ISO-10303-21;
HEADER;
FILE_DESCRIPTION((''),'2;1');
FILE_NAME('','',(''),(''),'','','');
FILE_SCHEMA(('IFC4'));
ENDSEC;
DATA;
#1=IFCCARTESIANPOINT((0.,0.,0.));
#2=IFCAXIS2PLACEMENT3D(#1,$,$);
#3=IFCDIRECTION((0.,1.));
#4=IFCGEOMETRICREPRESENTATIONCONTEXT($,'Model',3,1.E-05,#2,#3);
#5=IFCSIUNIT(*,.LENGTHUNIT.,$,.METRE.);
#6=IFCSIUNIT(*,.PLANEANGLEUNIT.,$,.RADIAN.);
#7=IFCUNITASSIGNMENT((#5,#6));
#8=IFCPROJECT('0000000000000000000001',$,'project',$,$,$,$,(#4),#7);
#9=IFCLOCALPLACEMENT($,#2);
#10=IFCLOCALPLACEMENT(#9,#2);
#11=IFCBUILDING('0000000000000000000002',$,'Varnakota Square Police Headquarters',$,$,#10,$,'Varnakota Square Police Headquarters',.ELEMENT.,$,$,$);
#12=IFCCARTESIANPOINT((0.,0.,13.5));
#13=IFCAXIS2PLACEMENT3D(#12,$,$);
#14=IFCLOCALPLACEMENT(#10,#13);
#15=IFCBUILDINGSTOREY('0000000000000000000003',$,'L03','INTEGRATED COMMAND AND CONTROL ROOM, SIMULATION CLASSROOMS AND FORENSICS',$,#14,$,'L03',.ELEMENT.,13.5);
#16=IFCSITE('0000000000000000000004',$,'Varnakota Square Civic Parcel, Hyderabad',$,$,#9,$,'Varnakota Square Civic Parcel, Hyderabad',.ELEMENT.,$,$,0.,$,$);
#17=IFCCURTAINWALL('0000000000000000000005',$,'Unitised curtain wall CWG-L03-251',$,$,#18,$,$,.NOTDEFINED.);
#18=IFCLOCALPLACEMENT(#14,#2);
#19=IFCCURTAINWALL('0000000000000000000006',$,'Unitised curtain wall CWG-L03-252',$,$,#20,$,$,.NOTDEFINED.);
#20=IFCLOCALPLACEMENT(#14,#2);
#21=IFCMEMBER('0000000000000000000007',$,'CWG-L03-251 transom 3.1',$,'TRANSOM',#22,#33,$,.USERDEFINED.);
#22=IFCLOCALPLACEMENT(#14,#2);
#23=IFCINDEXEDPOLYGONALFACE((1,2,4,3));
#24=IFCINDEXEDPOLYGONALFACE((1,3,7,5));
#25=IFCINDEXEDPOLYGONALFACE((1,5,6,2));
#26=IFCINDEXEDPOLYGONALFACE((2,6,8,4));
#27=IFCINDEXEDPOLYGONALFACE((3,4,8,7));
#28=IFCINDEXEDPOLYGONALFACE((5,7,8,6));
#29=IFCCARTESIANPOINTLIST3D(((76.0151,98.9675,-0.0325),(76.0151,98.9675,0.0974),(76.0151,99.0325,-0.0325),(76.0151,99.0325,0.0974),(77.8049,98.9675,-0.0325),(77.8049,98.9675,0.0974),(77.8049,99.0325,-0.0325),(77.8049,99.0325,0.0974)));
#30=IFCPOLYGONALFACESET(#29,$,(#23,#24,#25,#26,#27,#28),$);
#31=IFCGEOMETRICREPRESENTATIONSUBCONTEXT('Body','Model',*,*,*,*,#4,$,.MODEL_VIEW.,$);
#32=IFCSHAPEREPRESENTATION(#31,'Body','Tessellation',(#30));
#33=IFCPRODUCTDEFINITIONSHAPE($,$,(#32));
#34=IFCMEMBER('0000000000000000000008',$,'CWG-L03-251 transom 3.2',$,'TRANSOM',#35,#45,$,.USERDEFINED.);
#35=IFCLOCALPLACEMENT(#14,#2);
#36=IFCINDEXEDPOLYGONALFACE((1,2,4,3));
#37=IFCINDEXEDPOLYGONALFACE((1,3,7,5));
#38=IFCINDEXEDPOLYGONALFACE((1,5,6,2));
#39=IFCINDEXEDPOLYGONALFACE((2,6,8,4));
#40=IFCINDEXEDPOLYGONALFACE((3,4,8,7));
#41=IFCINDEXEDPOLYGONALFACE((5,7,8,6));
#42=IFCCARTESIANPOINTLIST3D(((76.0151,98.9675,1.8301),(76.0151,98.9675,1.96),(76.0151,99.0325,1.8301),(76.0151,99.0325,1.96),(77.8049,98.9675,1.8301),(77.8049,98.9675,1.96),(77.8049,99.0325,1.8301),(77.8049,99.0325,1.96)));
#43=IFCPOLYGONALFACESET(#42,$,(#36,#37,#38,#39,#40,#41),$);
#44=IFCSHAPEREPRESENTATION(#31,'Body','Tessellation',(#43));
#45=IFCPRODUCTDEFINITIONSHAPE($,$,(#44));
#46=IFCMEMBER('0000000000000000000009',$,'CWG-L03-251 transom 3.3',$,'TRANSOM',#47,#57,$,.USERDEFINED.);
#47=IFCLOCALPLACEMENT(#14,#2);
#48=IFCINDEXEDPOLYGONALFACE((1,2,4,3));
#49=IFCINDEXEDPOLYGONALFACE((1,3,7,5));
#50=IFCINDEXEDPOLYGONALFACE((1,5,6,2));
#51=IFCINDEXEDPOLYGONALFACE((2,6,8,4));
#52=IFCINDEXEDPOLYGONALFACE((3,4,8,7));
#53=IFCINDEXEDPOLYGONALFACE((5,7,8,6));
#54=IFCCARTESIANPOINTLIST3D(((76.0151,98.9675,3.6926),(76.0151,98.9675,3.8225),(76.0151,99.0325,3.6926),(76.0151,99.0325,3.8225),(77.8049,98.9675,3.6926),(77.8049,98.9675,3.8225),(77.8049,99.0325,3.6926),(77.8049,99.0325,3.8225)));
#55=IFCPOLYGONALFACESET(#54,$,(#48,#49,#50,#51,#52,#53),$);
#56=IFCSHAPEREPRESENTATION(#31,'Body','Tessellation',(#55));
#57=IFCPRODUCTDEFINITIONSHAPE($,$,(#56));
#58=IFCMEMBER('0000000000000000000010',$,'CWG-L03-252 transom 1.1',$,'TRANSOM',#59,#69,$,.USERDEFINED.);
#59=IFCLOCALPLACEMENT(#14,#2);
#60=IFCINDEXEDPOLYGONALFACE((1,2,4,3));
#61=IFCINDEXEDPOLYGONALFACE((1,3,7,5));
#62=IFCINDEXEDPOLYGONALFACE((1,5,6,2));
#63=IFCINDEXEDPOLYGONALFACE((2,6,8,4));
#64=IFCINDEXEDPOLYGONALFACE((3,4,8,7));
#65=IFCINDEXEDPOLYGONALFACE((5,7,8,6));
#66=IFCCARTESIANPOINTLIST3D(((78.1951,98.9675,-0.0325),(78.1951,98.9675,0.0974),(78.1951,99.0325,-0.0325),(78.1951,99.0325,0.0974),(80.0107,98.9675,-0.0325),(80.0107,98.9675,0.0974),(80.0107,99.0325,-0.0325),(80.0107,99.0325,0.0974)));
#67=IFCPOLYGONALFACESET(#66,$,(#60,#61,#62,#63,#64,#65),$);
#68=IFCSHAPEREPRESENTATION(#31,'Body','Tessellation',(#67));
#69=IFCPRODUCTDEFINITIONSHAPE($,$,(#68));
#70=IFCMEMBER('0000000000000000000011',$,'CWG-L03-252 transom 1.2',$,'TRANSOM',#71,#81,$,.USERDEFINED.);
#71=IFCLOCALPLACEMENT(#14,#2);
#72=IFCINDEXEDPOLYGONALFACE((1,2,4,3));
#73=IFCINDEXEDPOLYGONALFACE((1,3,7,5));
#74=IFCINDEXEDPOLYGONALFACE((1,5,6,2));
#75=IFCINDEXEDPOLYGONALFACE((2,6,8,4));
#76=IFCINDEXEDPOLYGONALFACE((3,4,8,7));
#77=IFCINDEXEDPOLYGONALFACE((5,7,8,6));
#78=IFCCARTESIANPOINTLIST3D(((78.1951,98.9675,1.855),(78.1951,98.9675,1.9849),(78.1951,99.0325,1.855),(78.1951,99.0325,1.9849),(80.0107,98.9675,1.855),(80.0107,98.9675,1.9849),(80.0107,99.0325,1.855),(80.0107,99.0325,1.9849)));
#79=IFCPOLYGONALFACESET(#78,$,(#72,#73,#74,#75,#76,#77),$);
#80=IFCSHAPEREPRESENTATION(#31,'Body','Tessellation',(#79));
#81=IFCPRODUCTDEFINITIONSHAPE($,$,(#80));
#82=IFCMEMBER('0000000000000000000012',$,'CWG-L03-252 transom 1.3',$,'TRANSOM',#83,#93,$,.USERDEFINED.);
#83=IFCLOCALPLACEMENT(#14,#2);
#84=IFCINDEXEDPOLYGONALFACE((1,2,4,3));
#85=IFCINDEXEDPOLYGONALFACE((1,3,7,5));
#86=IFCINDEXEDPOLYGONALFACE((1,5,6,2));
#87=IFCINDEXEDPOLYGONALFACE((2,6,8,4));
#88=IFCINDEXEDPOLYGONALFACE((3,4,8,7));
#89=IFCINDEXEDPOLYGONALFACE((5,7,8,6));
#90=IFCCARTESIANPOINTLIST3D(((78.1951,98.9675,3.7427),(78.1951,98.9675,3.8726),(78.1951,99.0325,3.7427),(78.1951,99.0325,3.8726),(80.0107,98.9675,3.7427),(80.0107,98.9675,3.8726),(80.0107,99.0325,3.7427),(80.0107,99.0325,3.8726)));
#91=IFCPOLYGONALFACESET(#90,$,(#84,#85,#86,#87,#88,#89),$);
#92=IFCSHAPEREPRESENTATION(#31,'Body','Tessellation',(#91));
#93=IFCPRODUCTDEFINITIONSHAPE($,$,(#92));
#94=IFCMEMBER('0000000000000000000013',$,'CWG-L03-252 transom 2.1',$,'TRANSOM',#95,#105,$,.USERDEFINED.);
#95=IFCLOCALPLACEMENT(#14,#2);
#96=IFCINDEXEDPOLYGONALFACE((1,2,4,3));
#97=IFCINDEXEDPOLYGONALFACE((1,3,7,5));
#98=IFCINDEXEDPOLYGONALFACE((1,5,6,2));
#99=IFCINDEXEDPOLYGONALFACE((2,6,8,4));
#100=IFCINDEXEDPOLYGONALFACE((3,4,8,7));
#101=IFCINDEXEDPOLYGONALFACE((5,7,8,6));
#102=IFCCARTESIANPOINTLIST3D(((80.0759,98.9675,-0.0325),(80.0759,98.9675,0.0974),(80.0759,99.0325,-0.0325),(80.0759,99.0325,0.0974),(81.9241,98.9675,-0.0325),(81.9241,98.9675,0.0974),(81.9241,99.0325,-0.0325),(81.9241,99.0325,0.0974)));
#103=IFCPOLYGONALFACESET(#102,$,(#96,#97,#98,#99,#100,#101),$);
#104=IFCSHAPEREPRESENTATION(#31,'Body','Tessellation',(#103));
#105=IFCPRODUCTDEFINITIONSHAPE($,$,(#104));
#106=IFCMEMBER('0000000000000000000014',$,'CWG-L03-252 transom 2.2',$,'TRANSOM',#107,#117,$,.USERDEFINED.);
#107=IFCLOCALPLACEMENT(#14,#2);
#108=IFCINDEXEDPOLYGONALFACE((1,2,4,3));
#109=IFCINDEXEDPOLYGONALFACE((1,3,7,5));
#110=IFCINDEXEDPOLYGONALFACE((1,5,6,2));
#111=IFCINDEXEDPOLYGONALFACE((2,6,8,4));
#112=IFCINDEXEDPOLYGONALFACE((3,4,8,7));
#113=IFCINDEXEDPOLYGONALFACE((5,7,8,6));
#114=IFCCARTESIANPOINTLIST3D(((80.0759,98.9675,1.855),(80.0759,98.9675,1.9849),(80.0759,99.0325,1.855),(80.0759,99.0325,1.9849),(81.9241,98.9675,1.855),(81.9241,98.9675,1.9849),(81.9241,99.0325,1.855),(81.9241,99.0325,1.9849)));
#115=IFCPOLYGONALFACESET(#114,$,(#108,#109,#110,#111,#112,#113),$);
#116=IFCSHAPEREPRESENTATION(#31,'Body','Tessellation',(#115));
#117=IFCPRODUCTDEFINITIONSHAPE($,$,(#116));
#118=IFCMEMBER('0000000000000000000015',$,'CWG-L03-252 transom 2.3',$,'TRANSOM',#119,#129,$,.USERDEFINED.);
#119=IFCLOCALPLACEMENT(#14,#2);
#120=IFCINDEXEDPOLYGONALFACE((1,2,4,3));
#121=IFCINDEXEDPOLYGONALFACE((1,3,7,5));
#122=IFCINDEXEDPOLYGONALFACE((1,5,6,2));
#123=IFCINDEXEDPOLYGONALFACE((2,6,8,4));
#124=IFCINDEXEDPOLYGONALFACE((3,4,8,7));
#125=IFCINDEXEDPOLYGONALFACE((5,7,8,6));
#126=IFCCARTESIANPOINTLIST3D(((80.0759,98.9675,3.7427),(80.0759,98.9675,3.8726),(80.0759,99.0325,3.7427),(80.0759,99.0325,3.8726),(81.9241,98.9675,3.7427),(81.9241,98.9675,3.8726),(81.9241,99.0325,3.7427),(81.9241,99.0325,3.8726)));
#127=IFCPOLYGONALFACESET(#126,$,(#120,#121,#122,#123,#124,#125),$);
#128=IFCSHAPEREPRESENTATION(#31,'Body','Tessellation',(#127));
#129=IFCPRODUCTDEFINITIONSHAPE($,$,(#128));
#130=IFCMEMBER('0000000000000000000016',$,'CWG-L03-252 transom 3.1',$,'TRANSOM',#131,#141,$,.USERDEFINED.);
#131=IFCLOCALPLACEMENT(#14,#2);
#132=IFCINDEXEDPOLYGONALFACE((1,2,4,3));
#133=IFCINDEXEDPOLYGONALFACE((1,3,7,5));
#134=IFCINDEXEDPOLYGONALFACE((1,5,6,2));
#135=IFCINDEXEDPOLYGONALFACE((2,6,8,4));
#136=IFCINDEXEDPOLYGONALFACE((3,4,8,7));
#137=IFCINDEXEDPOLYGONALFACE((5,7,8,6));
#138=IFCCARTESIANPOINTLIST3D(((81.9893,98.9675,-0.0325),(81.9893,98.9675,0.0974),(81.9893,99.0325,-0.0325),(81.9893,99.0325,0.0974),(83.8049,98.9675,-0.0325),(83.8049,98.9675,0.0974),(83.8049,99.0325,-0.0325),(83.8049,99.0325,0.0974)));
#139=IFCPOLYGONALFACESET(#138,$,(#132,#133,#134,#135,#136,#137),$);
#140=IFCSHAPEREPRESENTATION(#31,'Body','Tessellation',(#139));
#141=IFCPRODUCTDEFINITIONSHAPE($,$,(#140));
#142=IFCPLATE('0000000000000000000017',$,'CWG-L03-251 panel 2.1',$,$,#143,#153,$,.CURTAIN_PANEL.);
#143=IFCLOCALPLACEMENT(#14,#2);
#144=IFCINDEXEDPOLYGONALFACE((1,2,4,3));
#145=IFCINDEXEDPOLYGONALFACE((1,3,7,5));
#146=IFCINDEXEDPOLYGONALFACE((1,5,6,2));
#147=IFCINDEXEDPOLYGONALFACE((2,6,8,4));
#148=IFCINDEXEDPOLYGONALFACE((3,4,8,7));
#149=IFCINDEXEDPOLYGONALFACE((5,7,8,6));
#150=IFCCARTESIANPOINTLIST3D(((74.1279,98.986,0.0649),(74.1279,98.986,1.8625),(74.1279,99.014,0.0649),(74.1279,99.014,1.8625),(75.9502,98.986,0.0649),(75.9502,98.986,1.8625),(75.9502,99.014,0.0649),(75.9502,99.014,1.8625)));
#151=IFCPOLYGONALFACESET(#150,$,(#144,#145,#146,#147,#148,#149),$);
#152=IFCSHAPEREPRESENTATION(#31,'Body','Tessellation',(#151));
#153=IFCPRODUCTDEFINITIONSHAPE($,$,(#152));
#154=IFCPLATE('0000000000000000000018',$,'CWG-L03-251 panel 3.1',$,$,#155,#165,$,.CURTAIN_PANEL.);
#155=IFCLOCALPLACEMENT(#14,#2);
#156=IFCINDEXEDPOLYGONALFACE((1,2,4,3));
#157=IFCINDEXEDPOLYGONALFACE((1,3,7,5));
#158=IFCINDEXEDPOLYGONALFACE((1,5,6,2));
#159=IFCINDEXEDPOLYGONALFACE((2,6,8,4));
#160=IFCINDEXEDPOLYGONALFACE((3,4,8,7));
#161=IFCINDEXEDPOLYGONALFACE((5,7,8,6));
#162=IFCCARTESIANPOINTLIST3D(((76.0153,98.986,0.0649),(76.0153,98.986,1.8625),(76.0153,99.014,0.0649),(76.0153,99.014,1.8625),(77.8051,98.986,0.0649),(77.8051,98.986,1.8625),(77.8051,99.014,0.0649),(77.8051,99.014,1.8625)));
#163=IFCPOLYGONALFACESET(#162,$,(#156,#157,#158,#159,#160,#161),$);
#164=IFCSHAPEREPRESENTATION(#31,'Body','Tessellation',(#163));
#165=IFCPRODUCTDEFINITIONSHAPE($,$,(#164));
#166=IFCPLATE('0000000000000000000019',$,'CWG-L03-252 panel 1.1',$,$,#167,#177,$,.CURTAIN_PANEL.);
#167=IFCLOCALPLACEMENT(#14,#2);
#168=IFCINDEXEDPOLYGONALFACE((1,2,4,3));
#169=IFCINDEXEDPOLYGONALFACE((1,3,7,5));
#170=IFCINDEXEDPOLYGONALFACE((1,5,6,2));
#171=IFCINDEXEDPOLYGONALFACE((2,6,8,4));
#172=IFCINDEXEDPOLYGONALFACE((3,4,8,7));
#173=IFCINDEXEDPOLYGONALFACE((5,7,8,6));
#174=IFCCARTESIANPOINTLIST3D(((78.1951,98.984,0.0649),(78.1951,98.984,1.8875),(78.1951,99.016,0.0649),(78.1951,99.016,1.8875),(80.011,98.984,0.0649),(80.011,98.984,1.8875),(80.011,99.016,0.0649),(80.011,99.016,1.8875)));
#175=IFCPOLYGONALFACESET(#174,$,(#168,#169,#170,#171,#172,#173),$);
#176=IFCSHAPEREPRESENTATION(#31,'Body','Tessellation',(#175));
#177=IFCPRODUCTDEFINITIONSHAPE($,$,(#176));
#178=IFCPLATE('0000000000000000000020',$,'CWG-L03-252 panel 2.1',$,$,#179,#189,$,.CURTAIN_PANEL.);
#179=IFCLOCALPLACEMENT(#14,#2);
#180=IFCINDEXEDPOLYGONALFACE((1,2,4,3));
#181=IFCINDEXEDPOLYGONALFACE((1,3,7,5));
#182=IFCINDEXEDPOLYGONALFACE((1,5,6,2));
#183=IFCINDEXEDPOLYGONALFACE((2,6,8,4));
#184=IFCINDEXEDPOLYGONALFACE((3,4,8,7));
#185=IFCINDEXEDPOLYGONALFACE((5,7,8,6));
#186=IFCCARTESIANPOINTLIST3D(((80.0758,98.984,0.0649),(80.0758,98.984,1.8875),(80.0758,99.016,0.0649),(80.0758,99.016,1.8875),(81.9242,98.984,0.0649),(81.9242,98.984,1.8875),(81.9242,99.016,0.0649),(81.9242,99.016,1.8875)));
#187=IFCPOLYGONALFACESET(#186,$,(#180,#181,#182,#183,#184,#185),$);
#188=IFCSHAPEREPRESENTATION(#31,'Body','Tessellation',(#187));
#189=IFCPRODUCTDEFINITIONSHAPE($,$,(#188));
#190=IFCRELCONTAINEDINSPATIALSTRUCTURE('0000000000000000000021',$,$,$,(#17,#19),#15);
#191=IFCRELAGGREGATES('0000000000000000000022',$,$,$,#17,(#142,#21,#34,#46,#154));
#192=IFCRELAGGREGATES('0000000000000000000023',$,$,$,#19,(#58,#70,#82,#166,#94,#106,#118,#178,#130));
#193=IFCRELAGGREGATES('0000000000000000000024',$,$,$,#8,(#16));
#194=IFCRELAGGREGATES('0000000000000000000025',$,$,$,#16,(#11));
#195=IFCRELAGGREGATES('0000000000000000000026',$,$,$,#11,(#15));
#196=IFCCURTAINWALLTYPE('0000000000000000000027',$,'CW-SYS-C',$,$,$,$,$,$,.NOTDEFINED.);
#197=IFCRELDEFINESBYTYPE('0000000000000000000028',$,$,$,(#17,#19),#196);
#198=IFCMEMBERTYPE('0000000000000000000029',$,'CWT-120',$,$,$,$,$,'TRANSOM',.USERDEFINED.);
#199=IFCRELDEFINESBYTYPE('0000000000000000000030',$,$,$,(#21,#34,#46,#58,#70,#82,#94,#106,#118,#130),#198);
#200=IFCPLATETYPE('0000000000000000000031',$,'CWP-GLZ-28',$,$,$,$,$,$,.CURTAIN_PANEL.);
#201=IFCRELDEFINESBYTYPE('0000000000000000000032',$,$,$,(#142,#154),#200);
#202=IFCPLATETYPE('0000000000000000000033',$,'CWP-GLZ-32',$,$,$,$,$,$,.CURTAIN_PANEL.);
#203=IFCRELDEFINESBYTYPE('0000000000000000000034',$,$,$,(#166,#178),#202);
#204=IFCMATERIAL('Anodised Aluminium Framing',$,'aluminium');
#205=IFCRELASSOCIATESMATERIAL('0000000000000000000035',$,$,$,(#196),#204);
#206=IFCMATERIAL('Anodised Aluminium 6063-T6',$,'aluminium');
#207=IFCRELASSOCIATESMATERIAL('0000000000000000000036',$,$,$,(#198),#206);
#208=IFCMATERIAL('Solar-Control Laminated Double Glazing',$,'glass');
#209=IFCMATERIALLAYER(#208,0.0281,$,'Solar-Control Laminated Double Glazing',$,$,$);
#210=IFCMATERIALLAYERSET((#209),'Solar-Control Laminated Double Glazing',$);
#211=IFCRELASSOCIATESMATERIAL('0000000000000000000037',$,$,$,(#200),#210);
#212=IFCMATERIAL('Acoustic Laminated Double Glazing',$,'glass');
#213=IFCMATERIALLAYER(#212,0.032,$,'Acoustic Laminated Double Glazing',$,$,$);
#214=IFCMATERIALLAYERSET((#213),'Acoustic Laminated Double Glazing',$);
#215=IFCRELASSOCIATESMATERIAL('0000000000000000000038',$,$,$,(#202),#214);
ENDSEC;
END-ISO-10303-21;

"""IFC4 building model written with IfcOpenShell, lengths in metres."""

from ifc_helpers import new_model, si_unit, direction, frame, origin, origin_2d, place, context, subcontext, project, spatial, rectangle, extrude, material, layer, layer_set, material_profile, profile_set, type_object, element, aggregate, save


model = new_model("IFC4")

# Units and contexts
model_context = context("Model", 3, precision=1e-05, world=origin(), true_north=direction((0.0, 1.0)))
body_context = subcontext(model_context, "Body", "Model", "MODEL_VIEW")
ifc_project = project(units=[si_unit("LENGTHUNIT", "METRE"), si_unit("PLANEANGLEUNIT", "RADIAN")], contexts=[model_context])

# Site, building, storey
site_placement = place(None, origin())
site = spatial("IfcSite", under=ifc_project, at=site_placement, Name="Varnakota Square Civic Parcel, Hyderabad", LongName="Varnakota Square Civic Parcel, Hyderabad", CompositionType="ELEMENT", RefElevation=0.0)
building_placement = place(site_placement, origin())
building = spatial("IfcBuilding", under=site, at=building_placement, Name="Varnakota Square Police Headquarters", LongName="Varnakota Square Police Headquarters", CompositionType="ELEMENT")
storey_placement = place(building_placement, frame((0.0, 0.0, 13.5)))
storey = spatial("IfcBuildingStorey", under=building, at=storey_placement, Name="L03", Description="INTEGRATED COMMAND AND CONTROL ROOM, SIMULATION CLASSROOMS AND FORENSICS", LongName="L03", CompositionType="ELEMENT", Elevation=13.5)

# Curtain walls
ifc_material_1 = material(Name="Anodised Aluminium Framing", Category="aluminium")
curtain_wall_type = type_object("IfcCurtainWallType", Name="CW-SYS-C", PredefinedType="NOTDEFINED", material=ifc_material_1)
curtain_wall_1_placement = place(storey_placement, origin())
curtain_wall_1 = element("IfcCurtainWall", 1, at=curtain_wall_1_placement, inside=storey, type_object=curtain_wall_type, Name="Unitised curtain wall CWG-L03-251", PredefinedType="NOTDEFINED")
ifc_material_2 = material(Name="Anodised Aluminium 6063-T6", Category="aluminium")
curtain_wall_2_placement = place(storey_placement, origin())
curtain_wall_2 = element("IfcCurtainWall", 2, at=curtain_wall_2_placement, inside=storey, type_object=curtain_wall_type, Name="Unitised curtain wall CWG-L03-252", PredefinedType="NOTDEFINED")

# Members
ifc_material_profile_1 = material_profile(ifc_material_2, rectangle(XDim=0.0649, YDim=0.1299, at=origin_2d()), Name="ALU TRANSOM 65x130")
ifc_profile_set_1 = profile_set([ifc_material_profile_1], Name="Anodised Aluminium 6063-T6")
member_type_1 = type_object("IfcMemberType", Name="CWT-120", ElementType="TRANSOM", PredefinedType="USERDEFINED", material=ifc_profile_set_1)
member_1_placement = place(storey_placement, frame((76.0151, 99.0, 0.0325), z_axis=(1.0, 0.0, 0.0), x_axis=(0.0, 1.0, 0.0)))
member_1 = element("IfcMember", 3, at=member_1_placement, type_object=member_type_1, Name="CWG-L03-251 transom 3.1", ObjectType="TRANSOM", PredefinedType="USERDEFINED", context=body_context, shape_type="SweptSolid", body=[
    extrude(rectangle(XDim=0.0649, YDim=0.1299, at=origin_2d()), origin(), (0.0, 0.0, 1.0), 1.7898),
])
member_2_placement = place(storey_placement, frame((76.0151, 99.0, 1.895), z_axis=(1.0, 0.0, 0.0), x_axis=(0.0, 1.0, 0.0)))
member_2 = element("IfcMember", 4, at=member_2_placement, type_object=member_type_1, Name="CWG-L03-251 transom 3.2", ObjectType="TRANSOM", PredefinedType="USERDEFINED", context=body_context, shape_type="SweptSolid", body=[
    extrude(rectangle(XDim=0.0649, YDim=0.1299, at=origin_2d()), origin(), (0.0, 0.0, 1.0), 1.7898),
])
member_3_placement = place(storey_placement, frame((76.0151, 99.0, 3.7576), z_axis=(1.0, 0.0, 0.0), x_axis=(0.0, 1.0, 0.0)))
member_3 = element("IfcMember", 5, at=member_3_placement, type_object=member_type_1, Name="CWG-L03-251 transom 3.3", ObjectType="TRANSOM", PredefinedType="USERDEFINED", context=body_context, shape_type="SweptSolid", body=[
    extrude(rectangle(XDim=0.0649, YDim=0.1299, at=origin_2d()), origin(), (0.0, 0.0, 1.0), 1.7898),
])
member_4_placement = place(storey_placement, frame((78.1951, 99.0, 0.0325), z_axis=(1.0, 0.0, 0.0), x_axis=(0.0, 1.0, 0.0)))
member_4 = element("IfcMember", 6, at=member_4_placement, type_object=member_type_1, Name="CWG-L03-252 transom 1.1", ObjectType="TRANSOM", PredefinedType="USERDEFINED", context=body_context, shape_type="SweptSolid", body=[
    extrude(rectangle(XDim=0.0649, YDim=0.1299, at=origin_2d()), origin(), (0.0, 0.0, 1.0), 1.8157),
])
member_5_placement = place(storey_placement, frame((78.1951, 99.0, 1.9199), z_axis=(1.0, 0.0, 0.0), x_axis=(0.0, 1.0, 0.0)))
member_5 = element("IfcMember", 7, at=member_5_placement, type_object=member_type_1, Name="CWG-L03-252 transom 1.2", ObjectType="TRANSOM", PredefinedType="USERDEFINED", context=body_context, shape_type="SweptSolid", body=[
    extrude(rectangle(XDim=0.0649, YDim=0.1299, at=origin_2d()), origin(), (0.0, 0.0, 1.0), 1.8157),
])
member_6_placement = place(storey_placement, frame((78.1951, 99.0, 3.8076), z_axis=(1.0, 0.0, 0.0), x_axis=(0.0, 1.0, 0.0)))
member_6 = element("IfcMember", 8, at=member_6_placement, type_object=member_type_1, Name="CWG-L03-252 transom 1.3", ObjectType="TRANSOM", PredefinedType="USERDEFINED", context=body_context, shape_type="SweptSolid", body=[
    extrude(rectangle(XDim=0.0649, YDim=0.1299, at=origin_2d()), origin(), (0.0, 0.0, 1.0), 1.8157),
])
member_7_placement = place(storey_placement, frame((80.0759, 99.0, 0.0325), z_axis=(1.0, 0.0, 0.0), x_axis=(0.0, 1.0, 0.0)))
member_7 = element("IfcMember", 9, at=member_7_placement, type_object=member_type_1, Name="CWG-L03-252 transom 2.1", ObjectType="TRANSOM", PredefinedType="USERDEFINED", context=body_context, shape_type="SweptSolid", body=[
    extrude(rectangle(XDim=0.0649, YDim=0.1299, at=origin_2d()), origin(), (0.0, 0.0, 1.0), 1.8481),
])
member_8_placement = place(storey_placement, frame((80.0759, 99.0, 1.9199), z_axis=(1.0, 0.0, 0.0), x_axis=(0.0, 1.0, 0.0)))
member_8 = element("IfcMember", 10, at=member_8_placement, type_object=member_type_1, Name="CWG-L03-252 transom 2.2", ObjectType="TRANSOM", PredefinedType="USERDEFINED", context=body_context, shape_type="SweptSolid", body=[
    extrude(rectangle(XDim=0.0649, YDim=0.1299, at=origin_2d()), origin(), (0.0, 0.0, 1.0), 1.8481),
])
member_9_placement = place(storey_placement, frame((80.0759, 99.0, 3.8076), z_axis=(1.0, 0.0, 0.0), x_axis=(0.0, 1.0, 0.0)))
member_9 = element("IfcMember", 11, at=member_9_placement, type_object=member_type_1, Name="CWG-L03-252 transom 2.3", ObjectType="TRANSOM", PredefinedType="USERDEFINED", context=body_context, shape_type="SweptSolid", body=[
    extrude(rectangle(XDim=0.0649, YDim=0.1299, at=origin_2d()), origin(), (0.0, 0.0, 1.0), 1.8481),
])
member_10_placement = place(storey_placement, frame((81.9893, 99.0, 0.0325), z_axis=(1.0, 0.0, 0.0), x_axis=(0.0, 1.0, 0.0)))
member_10 = element("IfcMember", 12, at=member_10_placement, type_object=member_type_1, Name="CWG-L03-252 transom 3.1", ObjectType="TRANSOM", PredefinedType="USERDEFINED", context=body_context, shape_type="SweptSolid", body=[
    extrude(rectangle(XDim=0.0649, YDim=0.1299, at=origin_2d()), origin(), (0.0, 0.0, 1.0), 1.8157),
])

# Plates
ifc_material_3 = material(Name="Solar-Control Laminated Double Glazing", Category="glass")
ifc_layer_1 = layer(ifc_material_3, 0.0281, Name="Solar-Control Laminated Double Glazing")
ifc_layer_set_1 = layer_set([ifc_layer_1], Name="Solar-Control Laminated Double Glazing")
plate_type_1 = type_object("IfcPlateType", Name="CWP-GLZ-28", PredefinedType="CURTAIN_PANEL", material=ifc_layer_set_1)
plate_1_placement = place(storey_placement, frame((75.0391, 99.0, 0.0649), z_axis=(0.0, 0.0, 1.0), x_axis=(1.0, 0.0, 0.0)))
plate_1 = element("IfcPlate", 13, at=plate_1_placement, type_object=plate_type_1, Name="CWG-L03-251 panel 2.1", PredefinedType="CURTAIN_PANEL", context=body_context, shape_type="SweptSolid", body=[
    extrude(rectangle(XDim=1.8223, YDim=0.0281, at=origin_2d()), origin(), (0.0, 0.0, 1.0), 1.7976),
])
plate_2_placement = place(storey_placement, frame((76.9102, 99.0, 0.0649), z_axis=(0.0, 0.0, 1.0), x_axis=(1.0, 0.0, 0.0)))
plate_2 = element("IfcPlate", 14, at=plate_2_placement, type_object=plate_type_1, Name="CWG-L03-251 panel 3.1", PredefinedType="CURTAIN_PANEL", context=body_context, shape_type="SweptSolid", body=[
    extrude(rectangle(XDim=1.7898, YDim=0.0281, at=origin_2d()), origin(), (0.0, 0.0, 1.0), 1.7976),
])
ifc_material_4 = material(Name="Acoustic Laminated Double Glazing", Category="glass")
ifc_layer_2 = layer(ifc_material_4, 0.032, Name="Acoustic Laminated Double Glazing")
ifc_layer_set_2 = layer_set([ifc_layer_2], Name="Acoustic Laminated Double Glazing")
plate_type_2 = type_object("IfcPlateType", Name="CWP-GLZ-32", PredefinedType="CURTAIN_PANEL", material=ifc_layer_set_2)
plate_3_placement = place(storey_placement, frame((79.103, 99.0, 0.0649), z_axis=(0.0, 0.0, 1.0), x_axis=(1.0, 0.0, 0.0)))
plate_3 = element("IfcPlate", 15, at=plate_3_placement, type_object=plate_type_2, Name="CWG-L03-252 panel 1.1", PredefinedType="CURTAIN_PANEL", context=body_context, shape_type="SweptSolid", body=[
    extrude(rectangle(XDim=1.8159, YDim=0.032, at=origin_2d()), origin(), (0.0, 0.0, 1.0), 1.8225),
])
plate_4_placement = place(storey_placement, frame((81.0, 99.0, 0.0649), z_axis=(0.0, 0.0, 1.0), x_axis=(1.0, 0.0, 0.0)))
plate_4 = element("IfcPlate", 16, at=plate_4_placement, type_object=plate_type_2, Name="CWG-L03-252 panel 2.1", PredefinedType="CURTAIN_PANEL", context=body_context, shape_type="SweptSolid", body=[
    extrude(rectangle(XDim=1.8484, YDim=0.032, at=origin_2d()), origin(), (0.0, 0.0, 1.0), 1.8225),
])
aggregate(curtain_wall_1, [plate_1, member_1, member_2, member_3, plate_2])
aggregate(curtain_wall_2, [member_4, member_5, member_6, plate_3, member_7, member_8, member_9, plate_4, member_10])

save(model, "model.ifc")
